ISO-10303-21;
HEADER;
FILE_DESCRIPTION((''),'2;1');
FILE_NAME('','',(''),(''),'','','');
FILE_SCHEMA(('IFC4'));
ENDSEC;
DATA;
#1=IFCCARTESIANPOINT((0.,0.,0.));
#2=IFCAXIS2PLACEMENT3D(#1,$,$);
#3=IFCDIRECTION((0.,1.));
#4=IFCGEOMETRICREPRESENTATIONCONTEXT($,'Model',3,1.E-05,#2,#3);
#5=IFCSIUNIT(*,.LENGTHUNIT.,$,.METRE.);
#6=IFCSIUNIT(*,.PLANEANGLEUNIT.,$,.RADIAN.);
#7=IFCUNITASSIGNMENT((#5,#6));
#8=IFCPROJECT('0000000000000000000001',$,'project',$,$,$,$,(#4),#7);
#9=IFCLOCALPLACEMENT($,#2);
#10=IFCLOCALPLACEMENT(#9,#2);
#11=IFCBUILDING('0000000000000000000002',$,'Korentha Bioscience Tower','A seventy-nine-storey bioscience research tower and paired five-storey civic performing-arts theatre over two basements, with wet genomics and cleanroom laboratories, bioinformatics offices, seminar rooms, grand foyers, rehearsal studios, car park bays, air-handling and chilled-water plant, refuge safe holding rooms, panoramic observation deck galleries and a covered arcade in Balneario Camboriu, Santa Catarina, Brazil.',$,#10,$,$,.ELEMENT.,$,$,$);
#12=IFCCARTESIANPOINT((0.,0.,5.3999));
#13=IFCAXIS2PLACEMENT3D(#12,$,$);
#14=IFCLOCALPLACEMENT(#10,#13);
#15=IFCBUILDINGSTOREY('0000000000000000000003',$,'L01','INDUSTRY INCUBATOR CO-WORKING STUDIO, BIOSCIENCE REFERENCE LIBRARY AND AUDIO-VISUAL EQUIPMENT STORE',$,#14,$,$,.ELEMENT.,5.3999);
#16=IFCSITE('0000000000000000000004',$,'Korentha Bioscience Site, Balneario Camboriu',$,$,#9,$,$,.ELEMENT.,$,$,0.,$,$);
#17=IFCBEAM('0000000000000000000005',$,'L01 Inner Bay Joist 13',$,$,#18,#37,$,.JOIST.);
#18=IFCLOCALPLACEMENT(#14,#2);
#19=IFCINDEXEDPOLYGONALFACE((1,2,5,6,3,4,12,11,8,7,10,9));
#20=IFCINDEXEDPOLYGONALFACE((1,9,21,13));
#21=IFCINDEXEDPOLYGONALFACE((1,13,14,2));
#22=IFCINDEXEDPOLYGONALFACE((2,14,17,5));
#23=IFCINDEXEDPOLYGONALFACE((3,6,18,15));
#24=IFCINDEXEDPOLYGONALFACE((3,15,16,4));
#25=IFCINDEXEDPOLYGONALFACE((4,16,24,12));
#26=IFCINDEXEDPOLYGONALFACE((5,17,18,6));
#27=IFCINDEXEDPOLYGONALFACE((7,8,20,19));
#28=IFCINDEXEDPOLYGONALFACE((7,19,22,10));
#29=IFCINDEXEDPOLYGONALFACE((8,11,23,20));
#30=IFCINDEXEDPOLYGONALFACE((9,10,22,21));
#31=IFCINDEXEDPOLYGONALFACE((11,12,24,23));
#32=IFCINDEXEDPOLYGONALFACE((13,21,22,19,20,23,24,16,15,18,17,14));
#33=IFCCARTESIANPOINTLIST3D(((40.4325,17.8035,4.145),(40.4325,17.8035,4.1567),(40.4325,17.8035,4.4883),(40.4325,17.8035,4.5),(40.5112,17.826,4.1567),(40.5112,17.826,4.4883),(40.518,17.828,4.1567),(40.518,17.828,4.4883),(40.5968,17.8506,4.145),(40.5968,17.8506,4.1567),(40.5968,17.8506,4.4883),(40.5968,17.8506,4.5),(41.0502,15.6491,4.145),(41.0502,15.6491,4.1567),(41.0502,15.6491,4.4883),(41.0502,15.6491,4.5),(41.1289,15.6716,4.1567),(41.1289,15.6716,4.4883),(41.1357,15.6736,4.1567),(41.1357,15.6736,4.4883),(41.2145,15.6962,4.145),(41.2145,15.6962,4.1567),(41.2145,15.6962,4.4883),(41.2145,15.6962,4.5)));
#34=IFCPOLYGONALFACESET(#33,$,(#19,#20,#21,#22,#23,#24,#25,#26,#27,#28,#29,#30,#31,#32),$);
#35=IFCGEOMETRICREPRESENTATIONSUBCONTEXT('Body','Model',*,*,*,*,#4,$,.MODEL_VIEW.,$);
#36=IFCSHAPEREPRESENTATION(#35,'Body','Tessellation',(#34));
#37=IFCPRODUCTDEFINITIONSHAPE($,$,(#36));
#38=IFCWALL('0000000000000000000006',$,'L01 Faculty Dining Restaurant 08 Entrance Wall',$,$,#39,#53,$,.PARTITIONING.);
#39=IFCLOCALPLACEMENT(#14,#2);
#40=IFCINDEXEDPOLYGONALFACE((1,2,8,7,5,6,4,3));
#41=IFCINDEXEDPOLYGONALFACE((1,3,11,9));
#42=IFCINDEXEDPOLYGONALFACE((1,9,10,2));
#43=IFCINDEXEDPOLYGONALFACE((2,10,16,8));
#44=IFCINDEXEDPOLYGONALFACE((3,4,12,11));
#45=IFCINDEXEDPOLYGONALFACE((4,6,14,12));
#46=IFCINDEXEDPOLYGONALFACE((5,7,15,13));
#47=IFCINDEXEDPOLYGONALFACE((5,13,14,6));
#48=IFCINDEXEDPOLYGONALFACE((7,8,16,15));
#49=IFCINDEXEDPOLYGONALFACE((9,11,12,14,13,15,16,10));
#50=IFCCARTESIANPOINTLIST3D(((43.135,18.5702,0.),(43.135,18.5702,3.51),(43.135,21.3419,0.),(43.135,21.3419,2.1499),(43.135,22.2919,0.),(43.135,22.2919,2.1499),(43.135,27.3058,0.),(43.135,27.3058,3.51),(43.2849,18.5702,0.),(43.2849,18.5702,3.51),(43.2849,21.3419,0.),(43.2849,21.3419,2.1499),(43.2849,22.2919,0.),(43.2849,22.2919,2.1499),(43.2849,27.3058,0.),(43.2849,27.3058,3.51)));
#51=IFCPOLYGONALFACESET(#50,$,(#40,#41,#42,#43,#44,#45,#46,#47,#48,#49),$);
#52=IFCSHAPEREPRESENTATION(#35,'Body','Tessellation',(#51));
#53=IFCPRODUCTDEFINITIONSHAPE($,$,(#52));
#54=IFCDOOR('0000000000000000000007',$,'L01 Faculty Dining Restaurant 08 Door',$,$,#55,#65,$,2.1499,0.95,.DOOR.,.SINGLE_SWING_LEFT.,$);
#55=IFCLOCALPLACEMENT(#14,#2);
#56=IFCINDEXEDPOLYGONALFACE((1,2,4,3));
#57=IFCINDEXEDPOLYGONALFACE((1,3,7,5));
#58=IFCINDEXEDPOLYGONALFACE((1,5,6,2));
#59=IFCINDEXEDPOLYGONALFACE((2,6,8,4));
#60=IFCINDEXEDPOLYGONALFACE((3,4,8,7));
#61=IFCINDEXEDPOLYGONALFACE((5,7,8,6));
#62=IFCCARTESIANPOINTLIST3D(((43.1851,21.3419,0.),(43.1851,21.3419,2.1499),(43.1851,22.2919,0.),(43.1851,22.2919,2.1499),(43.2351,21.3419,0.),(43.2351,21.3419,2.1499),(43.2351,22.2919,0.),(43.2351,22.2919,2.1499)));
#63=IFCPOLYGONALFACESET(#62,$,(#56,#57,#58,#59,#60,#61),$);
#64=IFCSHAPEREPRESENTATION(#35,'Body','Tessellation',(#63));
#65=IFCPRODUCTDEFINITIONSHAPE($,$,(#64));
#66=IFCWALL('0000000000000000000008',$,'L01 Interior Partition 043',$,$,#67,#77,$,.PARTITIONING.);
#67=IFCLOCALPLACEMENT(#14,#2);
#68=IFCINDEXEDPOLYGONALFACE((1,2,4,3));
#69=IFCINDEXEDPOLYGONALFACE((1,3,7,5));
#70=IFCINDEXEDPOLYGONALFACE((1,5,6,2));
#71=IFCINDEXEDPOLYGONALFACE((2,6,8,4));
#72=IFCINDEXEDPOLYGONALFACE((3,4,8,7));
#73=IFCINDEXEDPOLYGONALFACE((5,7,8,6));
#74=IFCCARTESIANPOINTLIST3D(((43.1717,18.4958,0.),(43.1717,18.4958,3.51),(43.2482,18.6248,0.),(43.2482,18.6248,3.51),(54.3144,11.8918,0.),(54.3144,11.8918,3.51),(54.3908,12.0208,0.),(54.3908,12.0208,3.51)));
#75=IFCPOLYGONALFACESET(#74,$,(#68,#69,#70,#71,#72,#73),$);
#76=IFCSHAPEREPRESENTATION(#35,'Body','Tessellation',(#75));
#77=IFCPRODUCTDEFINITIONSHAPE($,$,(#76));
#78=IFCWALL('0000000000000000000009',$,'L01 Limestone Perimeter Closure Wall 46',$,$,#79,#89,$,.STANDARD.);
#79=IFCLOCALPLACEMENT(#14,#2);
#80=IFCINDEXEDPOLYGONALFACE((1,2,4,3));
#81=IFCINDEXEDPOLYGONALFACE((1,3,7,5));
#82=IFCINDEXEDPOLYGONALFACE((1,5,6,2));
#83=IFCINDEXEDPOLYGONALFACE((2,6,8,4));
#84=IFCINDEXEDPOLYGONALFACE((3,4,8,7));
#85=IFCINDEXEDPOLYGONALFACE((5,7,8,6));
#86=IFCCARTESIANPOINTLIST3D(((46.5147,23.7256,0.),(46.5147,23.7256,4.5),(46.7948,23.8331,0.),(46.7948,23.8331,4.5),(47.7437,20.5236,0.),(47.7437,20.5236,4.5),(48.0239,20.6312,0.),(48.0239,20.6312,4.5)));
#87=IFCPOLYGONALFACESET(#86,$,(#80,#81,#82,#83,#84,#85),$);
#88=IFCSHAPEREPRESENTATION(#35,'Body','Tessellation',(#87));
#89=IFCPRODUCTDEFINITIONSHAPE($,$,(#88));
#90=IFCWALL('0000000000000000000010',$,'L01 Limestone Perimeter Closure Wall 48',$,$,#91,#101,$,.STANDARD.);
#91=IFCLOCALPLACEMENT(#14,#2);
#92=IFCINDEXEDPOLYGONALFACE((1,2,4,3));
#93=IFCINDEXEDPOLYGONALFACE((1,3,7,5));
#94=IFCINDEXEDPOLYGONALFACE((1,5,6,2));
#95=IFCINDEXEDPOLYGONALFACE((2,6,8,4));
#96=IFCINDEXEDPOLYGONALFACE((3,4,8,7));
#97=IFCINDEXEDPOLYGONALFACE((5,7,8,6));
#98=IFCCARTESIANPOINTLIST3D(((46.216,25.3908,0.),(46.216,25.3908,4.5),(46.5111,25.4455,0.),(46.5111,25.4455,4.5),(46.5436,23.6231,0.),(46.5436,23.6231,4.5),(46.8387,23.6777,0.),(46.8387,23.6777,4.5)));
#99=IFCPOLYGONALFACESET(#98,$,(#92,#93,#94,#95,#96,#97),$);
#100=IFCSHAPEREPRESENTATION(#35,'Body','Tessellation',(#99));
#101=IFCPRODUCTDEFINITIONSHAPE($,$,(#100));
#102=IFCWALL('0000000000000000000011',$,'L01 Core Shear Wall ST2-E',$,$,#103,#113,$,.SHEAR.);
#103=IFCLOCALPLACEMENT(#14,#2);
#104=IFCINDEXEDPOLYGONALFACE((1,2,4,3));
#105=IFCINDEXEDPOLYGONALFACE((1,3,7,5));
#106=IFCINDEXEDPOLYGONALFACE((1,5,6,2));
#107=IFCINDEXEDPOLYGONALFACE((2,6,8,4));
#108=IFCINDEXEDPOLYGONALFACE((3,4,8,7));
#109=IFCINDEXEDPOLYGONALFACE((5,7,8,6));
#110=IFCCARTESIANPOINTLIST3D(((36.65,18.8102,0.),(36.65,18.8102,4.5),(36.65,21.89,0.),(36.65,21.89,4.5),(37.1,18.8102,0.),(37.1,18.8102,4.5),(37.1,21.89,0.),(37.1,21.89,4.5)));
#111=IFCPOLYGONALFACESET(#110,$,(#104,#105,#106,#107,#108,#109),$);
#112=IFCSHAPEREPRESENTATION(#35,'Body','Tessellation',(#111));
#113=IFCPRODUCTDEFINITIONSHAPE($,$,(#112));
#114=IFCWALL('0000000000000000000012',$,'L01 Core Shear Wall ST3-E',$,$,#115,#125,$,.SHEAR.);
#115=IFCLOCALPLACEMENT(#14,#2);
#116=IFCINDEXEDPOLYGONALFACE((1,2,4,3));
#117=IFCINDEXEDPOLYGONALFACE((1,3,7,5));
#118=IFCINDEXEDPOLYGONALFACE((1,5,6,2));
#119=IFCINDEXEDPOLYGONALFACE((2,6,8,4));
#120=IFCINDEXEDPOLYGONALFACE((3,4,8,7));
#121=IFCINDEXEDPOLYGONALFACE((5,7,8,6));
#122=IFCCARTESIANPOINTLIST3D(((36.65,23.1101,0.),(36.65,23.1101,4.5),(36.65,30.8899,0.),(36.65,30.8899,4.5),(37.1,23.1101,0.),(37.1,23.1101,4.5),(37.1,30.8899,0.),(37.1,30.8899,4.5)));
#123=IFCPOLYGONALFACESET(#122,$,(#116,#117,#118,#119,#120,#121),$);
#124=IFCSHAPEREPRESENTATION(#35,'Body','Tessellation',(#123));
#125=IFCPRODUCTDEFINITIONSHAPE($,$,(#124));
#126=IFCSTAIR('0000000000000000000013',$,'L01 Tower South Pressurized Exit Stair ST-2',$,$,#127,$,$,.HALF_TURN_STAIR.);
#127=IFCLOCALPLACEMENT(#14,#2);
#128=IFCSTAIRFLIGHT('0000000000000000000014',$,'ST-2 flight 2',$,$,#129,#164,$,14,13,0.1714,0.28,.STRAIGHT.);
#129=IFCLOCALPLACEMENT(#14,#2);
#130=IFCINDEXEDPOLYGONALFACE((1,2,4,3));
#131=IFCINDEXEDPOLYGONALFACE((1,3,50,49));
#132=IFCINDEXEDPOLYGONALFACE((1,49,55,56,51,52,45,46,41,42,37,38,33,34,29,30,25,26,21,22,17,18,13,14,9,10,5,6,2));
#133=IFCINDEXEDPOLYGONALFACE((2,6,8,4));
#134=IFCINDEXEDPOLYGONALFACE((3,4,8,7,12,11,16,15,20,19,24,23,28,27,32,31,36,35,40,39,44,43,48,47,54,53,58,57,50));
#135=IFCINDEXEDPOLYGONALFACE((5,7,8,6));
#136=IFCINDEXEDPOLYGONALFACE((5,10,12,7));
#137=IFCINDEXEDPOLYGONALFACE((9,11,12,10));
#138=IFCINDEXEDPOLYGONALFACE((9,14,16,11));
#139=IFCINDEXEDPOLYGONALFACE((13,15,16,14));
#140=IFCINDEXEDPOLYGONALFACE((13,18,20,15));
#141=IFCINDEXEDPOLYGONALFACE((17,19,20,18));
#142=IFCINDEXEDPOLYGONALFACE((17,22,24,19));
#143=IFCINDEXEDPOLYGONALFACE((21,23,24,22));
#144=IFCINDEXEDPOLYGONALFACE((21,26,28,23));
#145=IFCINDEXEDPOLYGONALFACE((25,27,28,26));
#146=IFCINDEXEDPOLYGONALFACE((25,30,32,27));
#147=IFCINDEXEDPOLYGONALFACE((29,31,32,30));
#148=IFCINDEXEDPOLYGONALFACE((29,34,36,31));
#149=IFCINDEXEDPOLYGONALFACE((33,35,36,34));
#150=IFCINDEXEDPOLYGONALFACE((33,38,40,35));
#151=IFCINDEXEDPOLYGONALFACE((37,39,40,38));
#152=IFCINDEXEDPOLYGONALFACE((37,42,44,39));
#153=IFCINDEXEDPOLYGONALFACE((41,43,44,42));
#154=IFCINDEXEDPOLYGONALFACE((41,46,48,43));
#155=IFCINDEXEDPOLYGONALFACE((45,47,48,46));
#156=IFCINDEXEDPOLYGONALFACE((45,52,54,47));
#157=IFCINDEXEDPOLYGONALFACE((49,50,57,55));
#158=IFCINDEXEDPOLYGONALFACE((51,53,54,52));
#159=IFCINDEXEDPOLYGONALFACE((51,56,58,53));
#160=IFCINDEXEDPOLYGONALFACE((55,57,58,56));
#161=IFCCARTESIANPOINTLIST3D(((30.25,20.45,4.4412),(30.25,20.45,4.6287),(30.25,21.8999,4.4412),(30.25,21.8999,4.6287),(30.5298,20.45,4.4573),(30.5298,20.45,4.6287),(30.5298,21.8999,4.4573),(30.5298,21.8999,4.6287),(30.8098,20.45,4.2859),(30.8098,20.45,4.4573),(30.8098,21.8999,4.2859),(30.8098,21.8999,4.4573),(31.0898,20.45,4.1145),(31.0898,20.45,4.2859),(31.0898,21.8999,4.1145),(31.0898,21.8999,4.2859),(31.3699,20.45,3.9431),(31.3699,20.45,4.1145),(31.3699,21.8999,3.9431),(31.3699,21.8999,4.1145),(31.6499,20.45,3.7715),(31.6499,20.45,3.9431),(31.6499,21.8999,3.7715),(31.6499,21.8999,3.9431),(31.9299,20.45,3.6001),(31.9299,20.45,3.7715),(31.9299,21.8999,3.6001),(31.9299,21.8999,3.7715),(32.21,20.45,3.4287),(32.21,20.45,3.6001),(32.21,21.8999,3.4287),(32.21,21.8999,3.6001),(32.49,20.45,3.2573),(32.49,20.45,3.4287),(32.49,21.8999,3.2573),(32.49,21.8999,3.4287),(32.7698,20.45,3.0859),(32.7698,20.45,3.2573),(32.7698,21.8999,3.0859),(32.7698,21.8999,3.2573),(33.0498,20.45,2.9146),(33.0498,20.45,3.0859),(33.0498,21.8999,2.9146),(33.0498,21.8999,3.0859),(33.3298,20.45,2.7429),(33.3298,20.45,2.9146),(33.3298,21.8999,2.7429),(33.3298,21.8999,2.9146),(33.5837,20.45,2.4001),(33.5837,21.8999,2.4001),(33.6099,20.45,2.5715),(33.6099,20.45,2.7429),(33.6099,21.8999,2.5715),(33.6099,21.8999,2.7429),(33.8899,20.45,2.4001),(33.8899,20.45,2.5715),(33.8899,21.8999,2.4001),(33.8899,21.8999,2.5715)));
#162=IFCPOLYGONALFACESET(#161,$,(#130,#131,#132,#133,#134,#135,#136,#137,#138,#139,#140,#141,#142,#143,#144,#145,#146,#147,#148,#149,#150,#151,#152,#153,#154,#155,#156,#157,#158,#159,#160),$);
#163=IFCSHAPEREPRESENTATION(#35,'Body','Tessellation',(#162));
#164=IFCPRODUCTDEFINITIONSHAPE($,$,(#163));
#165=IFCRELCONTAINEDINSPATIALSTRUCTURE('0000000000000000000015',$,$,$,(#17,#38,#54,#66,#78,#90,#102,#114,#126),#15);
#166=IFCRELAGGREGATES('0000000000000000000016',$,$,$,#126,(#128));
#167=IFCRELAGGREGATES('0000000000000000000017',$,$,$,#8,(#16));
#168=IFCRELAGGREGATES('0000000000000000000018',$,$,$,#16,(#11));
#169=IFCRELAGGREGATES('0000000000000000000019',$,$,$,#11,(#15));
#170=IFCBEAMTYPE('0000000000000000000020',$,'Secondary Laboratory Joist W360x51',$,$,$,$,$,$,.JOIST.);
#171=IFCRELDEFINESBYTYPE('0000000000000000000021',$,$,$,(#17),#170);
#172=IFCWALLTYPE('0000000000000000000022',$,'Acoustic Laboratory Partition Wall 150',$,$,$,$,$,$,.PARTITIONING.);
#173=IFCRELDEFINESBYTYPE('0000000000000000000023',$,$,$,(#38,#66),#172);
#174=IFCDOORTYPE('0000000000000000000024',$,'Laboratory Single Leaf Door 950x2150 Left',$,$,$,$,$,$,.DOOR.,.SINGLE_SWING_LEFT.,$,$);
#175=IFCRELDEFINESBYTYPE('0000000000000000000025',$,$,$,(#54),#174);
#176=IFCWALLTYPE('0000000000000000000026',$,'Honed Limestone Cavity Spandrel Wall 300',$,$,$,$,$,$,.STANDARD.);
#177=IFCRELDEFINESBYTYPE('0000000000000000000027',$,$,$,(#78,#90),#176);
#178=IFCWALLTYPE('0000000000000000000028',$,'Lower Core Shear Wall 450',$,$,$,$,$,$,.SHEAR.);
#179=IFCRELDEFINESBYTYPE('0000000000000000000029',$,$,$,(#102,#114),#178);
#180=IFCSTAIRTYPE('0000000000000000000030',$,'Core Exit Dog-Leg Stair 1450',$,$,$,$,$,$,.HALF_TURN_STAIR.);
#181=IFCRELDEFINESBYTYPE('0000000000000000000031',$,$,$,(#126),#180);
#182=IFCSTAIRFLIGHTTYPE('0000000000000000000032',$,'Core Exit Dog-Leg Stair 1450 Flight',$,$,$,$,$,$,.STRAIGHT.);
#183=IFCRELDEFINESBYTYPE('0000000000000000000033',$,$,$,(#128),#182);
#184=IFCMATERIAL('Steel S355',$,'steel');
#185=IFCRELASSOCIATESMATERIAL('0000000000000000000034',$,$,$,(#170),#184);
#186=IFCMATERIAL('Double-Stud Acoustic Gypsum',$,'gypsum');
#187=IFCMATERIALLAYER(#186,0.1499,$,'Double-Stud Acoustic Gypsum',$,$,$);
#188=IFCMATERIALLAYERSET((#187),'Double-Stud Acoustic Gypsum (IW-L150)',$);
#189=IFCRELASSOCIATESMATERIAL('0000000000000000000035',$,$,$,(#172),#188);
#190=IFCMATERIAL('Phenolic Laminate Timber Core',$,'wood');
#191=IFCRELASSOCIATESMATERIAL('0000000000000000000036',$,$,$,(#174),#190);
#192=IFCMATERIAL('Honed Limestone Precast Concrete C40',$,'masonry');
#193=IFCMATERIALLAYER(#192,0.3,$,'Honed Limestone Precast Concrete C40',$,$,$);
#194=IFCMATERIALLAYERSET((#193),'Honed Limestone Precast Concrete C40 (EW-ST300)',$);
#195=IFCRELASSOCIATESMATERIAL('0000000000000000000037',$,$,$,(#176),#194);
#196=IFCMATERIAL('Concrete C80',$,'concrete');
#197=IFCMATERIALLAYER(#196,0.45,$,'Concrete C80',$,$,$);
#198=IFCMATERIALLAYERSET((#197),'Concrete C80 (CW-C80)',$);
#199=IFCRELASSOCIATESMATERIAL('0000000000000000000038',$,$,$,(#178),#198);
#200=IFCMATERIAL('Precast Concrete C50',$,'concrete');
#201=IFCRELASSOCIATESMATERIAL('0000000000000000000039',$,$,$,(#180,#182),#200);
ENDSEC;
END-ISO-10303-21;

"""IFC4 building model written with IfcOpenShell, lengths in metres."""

from ifc_helpers import new_model, si_unit, direction, frame, frame_2d, origin, origin_2d, place, context, subcontext, project, spatial, polyline, rectangle, i_section, outline, extrude, material, layer, layer_set, material_profile, profile_set, type_object, element, fill, aggregate, save


model = new_model("IFC4")

# Units and contexts
model_context = context("Model", 3, precision=1e-05, world=origin(), true_north=direction((0.0, 1.0)))
body_context = subcontext(model_context, "Body", "Model", "MODEL_VIEW")
ifc_project = project(units=[si_unit("LENGTHUNIT", "METRE"), si_unit("PLANEANGLEUNIT", "RADIAN")], contexts=[model_context])

# Site, building, storey
site_placement = place(None, origin())
site = spatial("IfcSite", under=ifc_project, at=site_placement, Name="Korentha Bioscience Site, Balneario Camboriu", CompositionType="ELEMENT", RefElevation=0.0)
building_placement = place(site_placement, origin())
building = spatial("IfcBuilding", under=site, at=building_placement, Name="Korentha Bioscience Tower", Description="A seventy-nine-storey bioscience research tower and paired five-storey civic performing-arts theatre over two basements, with wet genomics and cleanroom laboratories, bioinformatics offices, seminar rooms, grand foyers, rehearsal studios, car park bays, air-handling and chilled-water plant, refuge safe holding rooms, panoramic observation deck galleries and a covered arcade in Balneario Camboriu, Santa Catarina, Brazil.", CompositionType="ELEMENT")
storey_placement = place(building_placement, frame((0.0, 0.0, 5.3999)))
storey = spatial("IfcBuildingStorey", under=building, at=storey_placement, Name="L01", Description="INDUSTRY INCUBATOR CO-WORKING STUDIO, BIOSCIENCE REFERENCE LIBRARY AND AUDIO-VISUAL EQUIPMENT STORE", CompositionType="ELEMENT", Elevation=5.3999)

# Shared definitions
ifc_material_1 = material(Name="Concrete C80", Category="concrete")

# Beam
ifc_material_2 = material(Name="Steel S355", Category="steel")
ifc_material_profile_1 = material_profile(ifc_material_2, i_section(OverallWidth=0.1709, OverallDepth=0.355, WebThickness=0.0071, FlangeThickness=0.0117, at=origin_2d()), Name="Steel S355")
ifc_profile_set_1 = profile_set([ifc_material_profile_1], Name="Steel S355 (JB-360)")
beam_type_1 = type_object("IfcBeamType", Name="Secondary Laboratory Joist W360x51", PredefinedType="JOIST", material=ifc_profile_set_1)
beam_1_placement = place(storey_placement, frame((41.1323, 15.6726, 4.3225), z_axis=(-0.275613, 0.961269, 0.0), x_axis=(-0.961269, -0.275613, 0.0)))
element("IfcBeam", 1, at=beam_1_placement, inside=storey, type_object=beam_type_1, Name="L01 Inner Bay Joist 13", PredefinedType="JOIST", context=body_context, shape_type="SweptSolid", body=[
    extrude(i_section(OverallWidth=0.1709, OverallDepth=0.355, WebThickness=0.0071, FlangeThickness=0.0117, at=origin_2d()), origin(), (0.0, 0.0, 1.0), 2.2412),
])

# Wall, opening, door
ifc_material_3 = material(Name="Double-Stud Acoustic Gypsum", Category="gypsum")
ifc_layer_1 = layer(ifc_material_3, 0.1499, Name="Double-Stud Acoustic Gypsum")
ifc_layer_set_1 = layer_set([ifc_layer_1], Name="Double-Stud Acoustic Gypsum (IW-L150)")
wall_type_1 = type_object("IfcWallType", Name="Acoustic Laboratory Partition Wall 150", PredefinedType="PARTITIONING", material=ifc_layer_set_1)
wall_1_placement = place(storey_placement, frame((43.21, 18.5703, 0.0), z_axis=(0.0, 0.0, 1.0), x_axis=(0.0, 1.0, 0.0)))
wall_1 = element("IfcWall", 2, at=wall_1_placement, inside=storey, type_object=wall_type_1, Name="L01 Faculty Dining Restaurant 08 Entrance Wall", PredefinedType="PARTITIONING", context=body_context, shape_type="SweptSolid", body=[
    extrude(rectangle(XDim=8.7356, YDim=0.1499, at=frame_2d((4.3677, 0.0))), origin(), (0.0, 0.0, 1.0), 3.51),
])
opening_placement = place(wall_1_placement, frame((2.7715, 0.0, 0.0)))
opening = element("IfcOpeningElement", 3, at=opening_placement, cuts=wall_1, PredefinedType="OPENING", context=body_context, shape_type="SweptSolid", body=[
    extrude(rectangle(XDim=0.95, YDim=2.1499, at=frame_2d((0.4751, 1.075))), frame((0.0, 0.0898, 0.0), z_axis=(0.0, -1.0, 0.0), x_axis=(1.0, 0.0, 0.0)), (0.0, 0.0, 1.0), 0.1797),
])
ifc_material_4 = material(Name="Phenolic Laminate Timber Core", Category="wood")
door_type = type_object("IfcDoorType", Name="Laboratory Single Leaf Door 950x2150 Left", OperationType="SINGLE_SWING_LEFT", PredefinedType="DOOR", material=ifc_material_4)
door_placement = place(opening_placement, origin())
door = element("IfcDoor", 4, at=door_placement, inside=storey, type_object=door_type, Name="L01 Faculty Dining Restaurant 08 Door", OperationType="SINGLE_SWING_LEFT", OverallHeight=2.1499, OverallWidth=0.95, PredefinedType="DOOR", context=body_context, shape_type="SweptSolid", body=[
    extrude(rectangle(XDim=0.95, YDim=2.1499, at=frame_2d((0.4751, 1.075))), frame((0.0, 0.0249, 0.0), z_axis=(0.0, -1.0, 0.0), x_axis=(1.0, 0.0, 0.0)), (0.0, 0.0, 1.0), 0.05),
])
fill(opening, door)

# Walls
wall_2_placement = place(storey_placement, frame((43.21, 18.5603, 0.0), z_axis=(0.0, 0.0, 1.0), x_axis=(0.860258, -0.509859, 0.0)))
element("IfcWall", 5, at=wall_2_placement, inside=storey, type_object=wall_type_1, Name="L01 Interior Partition 043", PredefinedType="PARTITIONING", context=body_context, shape_type="SweptSolid", body=[
    extrude(rectangle(XDim=12.9526, YDim=0.1499, at=frame_2d((6.4763, 0.0))), origin(), (0.0, 0.0, 1.0), 3.51),
])
ifc_material_5 = material(Name="Honed Limestone Precast Concrete C40", Category="masonry")
ifc_layer_2 = layer(ifc_material_5, 0.3, Name="Honed Limestone Precast Concrete C40")
ifc_layer_set_2 = layer_set([ifc_layer_2], Name="Honed Limestone Precast Concrete C40 (EW-ST300)")
wall_type_2 = type_object("IfcWallType", Name="Honed Limestone Cavity Spandrel Wall 300", PredefinedType="STANDARD", material=ifc_layer_set_2)
wall_3_placement = place(storey_placement, frame((47.8838, 20.5774, 0.0), z_axis=(0.0, 0.0, 1.0), x_axis=(-0.358345, 0.933589, 0.0)))
element("IfcWall", 6, at=wall_3_placement, inside=storey, type_object=wall_type_2, Name="L01 Limestone Perimeter Closure Wall 46", PredefinedType="STANDARD", context=body_context, shape_type="SweptSolid", body=[
    extrude(rectangle(XDim=3.4297, YDim=0.3, at=frame_2d((1.7148, 0.0))), origin(), (0.0, 0.0, 1.0), 4.5),
])
wall_4_placement = place(storey_placement, frame((46.6912, 23.6504, 0.0), z_axis=(0.0, 0.0, 1.0), x_axis=(-0.18223, 0.983256, 0.0)))
element("IfcWall", 7, at=wall_4_placement, inside=storey, type_object=wall_type_2, Name="L01 Limestone Perimeter Closure Wall 48", PredefinedType="STANDARD", context=body_context, shape_type="SweptSolid", body=[
    extrude(rectangle(XDim=1.7979, YDim=0.3, at=frame_2d((0.8989, 0.0))), origin(), (0.0, 0.0, 1.0), 4.5),
])
ifc_layer_3 = layer(ifc_material_1, 0.45, Name="Concrete C80")
ifc_layer_set_3 = layer_set([ifc_layer_3], Name="Concrete C80 (CW-C80)")
wall_type_3 = type_object("IfcWallType", Name="Lower Core Shear Wall 450", PredefinedType="SHEAR", material=ifc_layer_set_3)
wall_5_placement = place(storey_placement, frame((36.875, 18.8101, 0.0), z_axis=(0.0, 0.0, 1.0), x_axis=(0.0, 1.0, 0.0)))
element("IfcWall", 8, at=wall_5_placement, inside=storey, type_object=wall_type_3, Name="L01 Core Shear Wall ST2-E", PredefinedType="SHEAR", context=body_context, shape_type="SweptSolid", body=[
    extrude(rectangle(XDim=3.0798, YDim=0.45, at=frame_2d((1.54, 0.0))), origin(), (0.0, 0.0, 1.0), 4.5),
])
wall_6_placement = place(storey_placement, frame((36.875, 23.1101, 0.0), z_axis=(0.0, 0.0, 1.0), x_axis=(0.0, 1.0, 0.0)))
element("IfcWall", 9, at=wall_6_placement, inside=storey, type_object=wall_type_3, Name="L01 Core Shear Wall ST3-E", PredefinedType="SHEAR", context=body_context, shape_type="SweptSolid", body=[
    extrude(rectangle(XDim=7.7798, YDim=0.45, at=frame_2d((3.8899, 0.0))), origin(), (0.0, 0.0, 1.0), 4.5),
])

# Stair, stair flight
ifc_material_6 = material(Name="Precast Concrete C50", Category="concrete")
stair_type = type_object("IfcStairType", Name="Core Exit Dog-Leg Stair 1450", PredefinedType="HALF_TURN_STAIR", material=ifc_material_6)
stair_placement = place(storey_placement, origin())
stair = element("IfcStair", 10, at=stair_placement, inside=storey, type_object=stair_type, Name="L01 Tower South Pressurized Exit Stair ST-2", PredefinedType="HALF_TURN_STAIR")
stair_flight_type = type_object("IfcStairFlightType", Name="Core Exit Dog-Leg Stair 1450 Flight", PredefinedType="STRAIGHT", material=ifc_material_6)
stair_flight_placement = place(storey_placement, frame((33.8899, 21.175, 2.4001), z_axis=(0.0, 0.0, 1.0), x_axis=(-1.0, 0.0, 0.0)))
stair_flight = element("IfcStairFlight", 11, at=stair_flight_placement, type_object=stair_flight_type, Name="ST-2 flight 2", NumberOfRisers=14, NumberOfTreads=13, PredefinedType="STRAIGHT", RiserHeight=0.1714, TreadLength=0.28, context=body_context, shape_type="SweptSolid", body=[
    extrude(outline(polyline([(0.0, 0.0), (0.0, 0.1714), (0.28, 0.1714), (0.28, 0.3428), (0.5601, 0.3428), (0.5601, 0.5144), (0.8401, 0.5144), (0.8401, 0.6858), (1.1201, 0.6858), (1.1201, 0.8572), (1.3999, 0.8572), (1.3999, 1.0286), (1.6799, 1.0286), (1.6799, 1.2), (1.96, 1.2), (1.96, 1.3713), (2.24, 1.3713), (2.24, 1.543), (2.52, 1.543), (2.52, 1.7144), (2.8, 1.7144), (2.8, 1.8857), (3.0801, 1.8857), (3.0801, 2.0571), (3.3601, 2.0571), (3.3601, 2.2285), (3.6399, 2.2285), (3.6399, 2.3999), (3.6399, 2.041), (0.3062, 0.0), (0.0, 0.0)])), frame((0.0, 0.7251, 0.0), z_axis=(0.0, -1.0, 0.0), x_axis=(1.0, 0.0, 0.0)), (0.0, 0.0, 1.0), 1.45),
])
aggregate(stair, [stair_flight])

save(model, "model.ifc")
